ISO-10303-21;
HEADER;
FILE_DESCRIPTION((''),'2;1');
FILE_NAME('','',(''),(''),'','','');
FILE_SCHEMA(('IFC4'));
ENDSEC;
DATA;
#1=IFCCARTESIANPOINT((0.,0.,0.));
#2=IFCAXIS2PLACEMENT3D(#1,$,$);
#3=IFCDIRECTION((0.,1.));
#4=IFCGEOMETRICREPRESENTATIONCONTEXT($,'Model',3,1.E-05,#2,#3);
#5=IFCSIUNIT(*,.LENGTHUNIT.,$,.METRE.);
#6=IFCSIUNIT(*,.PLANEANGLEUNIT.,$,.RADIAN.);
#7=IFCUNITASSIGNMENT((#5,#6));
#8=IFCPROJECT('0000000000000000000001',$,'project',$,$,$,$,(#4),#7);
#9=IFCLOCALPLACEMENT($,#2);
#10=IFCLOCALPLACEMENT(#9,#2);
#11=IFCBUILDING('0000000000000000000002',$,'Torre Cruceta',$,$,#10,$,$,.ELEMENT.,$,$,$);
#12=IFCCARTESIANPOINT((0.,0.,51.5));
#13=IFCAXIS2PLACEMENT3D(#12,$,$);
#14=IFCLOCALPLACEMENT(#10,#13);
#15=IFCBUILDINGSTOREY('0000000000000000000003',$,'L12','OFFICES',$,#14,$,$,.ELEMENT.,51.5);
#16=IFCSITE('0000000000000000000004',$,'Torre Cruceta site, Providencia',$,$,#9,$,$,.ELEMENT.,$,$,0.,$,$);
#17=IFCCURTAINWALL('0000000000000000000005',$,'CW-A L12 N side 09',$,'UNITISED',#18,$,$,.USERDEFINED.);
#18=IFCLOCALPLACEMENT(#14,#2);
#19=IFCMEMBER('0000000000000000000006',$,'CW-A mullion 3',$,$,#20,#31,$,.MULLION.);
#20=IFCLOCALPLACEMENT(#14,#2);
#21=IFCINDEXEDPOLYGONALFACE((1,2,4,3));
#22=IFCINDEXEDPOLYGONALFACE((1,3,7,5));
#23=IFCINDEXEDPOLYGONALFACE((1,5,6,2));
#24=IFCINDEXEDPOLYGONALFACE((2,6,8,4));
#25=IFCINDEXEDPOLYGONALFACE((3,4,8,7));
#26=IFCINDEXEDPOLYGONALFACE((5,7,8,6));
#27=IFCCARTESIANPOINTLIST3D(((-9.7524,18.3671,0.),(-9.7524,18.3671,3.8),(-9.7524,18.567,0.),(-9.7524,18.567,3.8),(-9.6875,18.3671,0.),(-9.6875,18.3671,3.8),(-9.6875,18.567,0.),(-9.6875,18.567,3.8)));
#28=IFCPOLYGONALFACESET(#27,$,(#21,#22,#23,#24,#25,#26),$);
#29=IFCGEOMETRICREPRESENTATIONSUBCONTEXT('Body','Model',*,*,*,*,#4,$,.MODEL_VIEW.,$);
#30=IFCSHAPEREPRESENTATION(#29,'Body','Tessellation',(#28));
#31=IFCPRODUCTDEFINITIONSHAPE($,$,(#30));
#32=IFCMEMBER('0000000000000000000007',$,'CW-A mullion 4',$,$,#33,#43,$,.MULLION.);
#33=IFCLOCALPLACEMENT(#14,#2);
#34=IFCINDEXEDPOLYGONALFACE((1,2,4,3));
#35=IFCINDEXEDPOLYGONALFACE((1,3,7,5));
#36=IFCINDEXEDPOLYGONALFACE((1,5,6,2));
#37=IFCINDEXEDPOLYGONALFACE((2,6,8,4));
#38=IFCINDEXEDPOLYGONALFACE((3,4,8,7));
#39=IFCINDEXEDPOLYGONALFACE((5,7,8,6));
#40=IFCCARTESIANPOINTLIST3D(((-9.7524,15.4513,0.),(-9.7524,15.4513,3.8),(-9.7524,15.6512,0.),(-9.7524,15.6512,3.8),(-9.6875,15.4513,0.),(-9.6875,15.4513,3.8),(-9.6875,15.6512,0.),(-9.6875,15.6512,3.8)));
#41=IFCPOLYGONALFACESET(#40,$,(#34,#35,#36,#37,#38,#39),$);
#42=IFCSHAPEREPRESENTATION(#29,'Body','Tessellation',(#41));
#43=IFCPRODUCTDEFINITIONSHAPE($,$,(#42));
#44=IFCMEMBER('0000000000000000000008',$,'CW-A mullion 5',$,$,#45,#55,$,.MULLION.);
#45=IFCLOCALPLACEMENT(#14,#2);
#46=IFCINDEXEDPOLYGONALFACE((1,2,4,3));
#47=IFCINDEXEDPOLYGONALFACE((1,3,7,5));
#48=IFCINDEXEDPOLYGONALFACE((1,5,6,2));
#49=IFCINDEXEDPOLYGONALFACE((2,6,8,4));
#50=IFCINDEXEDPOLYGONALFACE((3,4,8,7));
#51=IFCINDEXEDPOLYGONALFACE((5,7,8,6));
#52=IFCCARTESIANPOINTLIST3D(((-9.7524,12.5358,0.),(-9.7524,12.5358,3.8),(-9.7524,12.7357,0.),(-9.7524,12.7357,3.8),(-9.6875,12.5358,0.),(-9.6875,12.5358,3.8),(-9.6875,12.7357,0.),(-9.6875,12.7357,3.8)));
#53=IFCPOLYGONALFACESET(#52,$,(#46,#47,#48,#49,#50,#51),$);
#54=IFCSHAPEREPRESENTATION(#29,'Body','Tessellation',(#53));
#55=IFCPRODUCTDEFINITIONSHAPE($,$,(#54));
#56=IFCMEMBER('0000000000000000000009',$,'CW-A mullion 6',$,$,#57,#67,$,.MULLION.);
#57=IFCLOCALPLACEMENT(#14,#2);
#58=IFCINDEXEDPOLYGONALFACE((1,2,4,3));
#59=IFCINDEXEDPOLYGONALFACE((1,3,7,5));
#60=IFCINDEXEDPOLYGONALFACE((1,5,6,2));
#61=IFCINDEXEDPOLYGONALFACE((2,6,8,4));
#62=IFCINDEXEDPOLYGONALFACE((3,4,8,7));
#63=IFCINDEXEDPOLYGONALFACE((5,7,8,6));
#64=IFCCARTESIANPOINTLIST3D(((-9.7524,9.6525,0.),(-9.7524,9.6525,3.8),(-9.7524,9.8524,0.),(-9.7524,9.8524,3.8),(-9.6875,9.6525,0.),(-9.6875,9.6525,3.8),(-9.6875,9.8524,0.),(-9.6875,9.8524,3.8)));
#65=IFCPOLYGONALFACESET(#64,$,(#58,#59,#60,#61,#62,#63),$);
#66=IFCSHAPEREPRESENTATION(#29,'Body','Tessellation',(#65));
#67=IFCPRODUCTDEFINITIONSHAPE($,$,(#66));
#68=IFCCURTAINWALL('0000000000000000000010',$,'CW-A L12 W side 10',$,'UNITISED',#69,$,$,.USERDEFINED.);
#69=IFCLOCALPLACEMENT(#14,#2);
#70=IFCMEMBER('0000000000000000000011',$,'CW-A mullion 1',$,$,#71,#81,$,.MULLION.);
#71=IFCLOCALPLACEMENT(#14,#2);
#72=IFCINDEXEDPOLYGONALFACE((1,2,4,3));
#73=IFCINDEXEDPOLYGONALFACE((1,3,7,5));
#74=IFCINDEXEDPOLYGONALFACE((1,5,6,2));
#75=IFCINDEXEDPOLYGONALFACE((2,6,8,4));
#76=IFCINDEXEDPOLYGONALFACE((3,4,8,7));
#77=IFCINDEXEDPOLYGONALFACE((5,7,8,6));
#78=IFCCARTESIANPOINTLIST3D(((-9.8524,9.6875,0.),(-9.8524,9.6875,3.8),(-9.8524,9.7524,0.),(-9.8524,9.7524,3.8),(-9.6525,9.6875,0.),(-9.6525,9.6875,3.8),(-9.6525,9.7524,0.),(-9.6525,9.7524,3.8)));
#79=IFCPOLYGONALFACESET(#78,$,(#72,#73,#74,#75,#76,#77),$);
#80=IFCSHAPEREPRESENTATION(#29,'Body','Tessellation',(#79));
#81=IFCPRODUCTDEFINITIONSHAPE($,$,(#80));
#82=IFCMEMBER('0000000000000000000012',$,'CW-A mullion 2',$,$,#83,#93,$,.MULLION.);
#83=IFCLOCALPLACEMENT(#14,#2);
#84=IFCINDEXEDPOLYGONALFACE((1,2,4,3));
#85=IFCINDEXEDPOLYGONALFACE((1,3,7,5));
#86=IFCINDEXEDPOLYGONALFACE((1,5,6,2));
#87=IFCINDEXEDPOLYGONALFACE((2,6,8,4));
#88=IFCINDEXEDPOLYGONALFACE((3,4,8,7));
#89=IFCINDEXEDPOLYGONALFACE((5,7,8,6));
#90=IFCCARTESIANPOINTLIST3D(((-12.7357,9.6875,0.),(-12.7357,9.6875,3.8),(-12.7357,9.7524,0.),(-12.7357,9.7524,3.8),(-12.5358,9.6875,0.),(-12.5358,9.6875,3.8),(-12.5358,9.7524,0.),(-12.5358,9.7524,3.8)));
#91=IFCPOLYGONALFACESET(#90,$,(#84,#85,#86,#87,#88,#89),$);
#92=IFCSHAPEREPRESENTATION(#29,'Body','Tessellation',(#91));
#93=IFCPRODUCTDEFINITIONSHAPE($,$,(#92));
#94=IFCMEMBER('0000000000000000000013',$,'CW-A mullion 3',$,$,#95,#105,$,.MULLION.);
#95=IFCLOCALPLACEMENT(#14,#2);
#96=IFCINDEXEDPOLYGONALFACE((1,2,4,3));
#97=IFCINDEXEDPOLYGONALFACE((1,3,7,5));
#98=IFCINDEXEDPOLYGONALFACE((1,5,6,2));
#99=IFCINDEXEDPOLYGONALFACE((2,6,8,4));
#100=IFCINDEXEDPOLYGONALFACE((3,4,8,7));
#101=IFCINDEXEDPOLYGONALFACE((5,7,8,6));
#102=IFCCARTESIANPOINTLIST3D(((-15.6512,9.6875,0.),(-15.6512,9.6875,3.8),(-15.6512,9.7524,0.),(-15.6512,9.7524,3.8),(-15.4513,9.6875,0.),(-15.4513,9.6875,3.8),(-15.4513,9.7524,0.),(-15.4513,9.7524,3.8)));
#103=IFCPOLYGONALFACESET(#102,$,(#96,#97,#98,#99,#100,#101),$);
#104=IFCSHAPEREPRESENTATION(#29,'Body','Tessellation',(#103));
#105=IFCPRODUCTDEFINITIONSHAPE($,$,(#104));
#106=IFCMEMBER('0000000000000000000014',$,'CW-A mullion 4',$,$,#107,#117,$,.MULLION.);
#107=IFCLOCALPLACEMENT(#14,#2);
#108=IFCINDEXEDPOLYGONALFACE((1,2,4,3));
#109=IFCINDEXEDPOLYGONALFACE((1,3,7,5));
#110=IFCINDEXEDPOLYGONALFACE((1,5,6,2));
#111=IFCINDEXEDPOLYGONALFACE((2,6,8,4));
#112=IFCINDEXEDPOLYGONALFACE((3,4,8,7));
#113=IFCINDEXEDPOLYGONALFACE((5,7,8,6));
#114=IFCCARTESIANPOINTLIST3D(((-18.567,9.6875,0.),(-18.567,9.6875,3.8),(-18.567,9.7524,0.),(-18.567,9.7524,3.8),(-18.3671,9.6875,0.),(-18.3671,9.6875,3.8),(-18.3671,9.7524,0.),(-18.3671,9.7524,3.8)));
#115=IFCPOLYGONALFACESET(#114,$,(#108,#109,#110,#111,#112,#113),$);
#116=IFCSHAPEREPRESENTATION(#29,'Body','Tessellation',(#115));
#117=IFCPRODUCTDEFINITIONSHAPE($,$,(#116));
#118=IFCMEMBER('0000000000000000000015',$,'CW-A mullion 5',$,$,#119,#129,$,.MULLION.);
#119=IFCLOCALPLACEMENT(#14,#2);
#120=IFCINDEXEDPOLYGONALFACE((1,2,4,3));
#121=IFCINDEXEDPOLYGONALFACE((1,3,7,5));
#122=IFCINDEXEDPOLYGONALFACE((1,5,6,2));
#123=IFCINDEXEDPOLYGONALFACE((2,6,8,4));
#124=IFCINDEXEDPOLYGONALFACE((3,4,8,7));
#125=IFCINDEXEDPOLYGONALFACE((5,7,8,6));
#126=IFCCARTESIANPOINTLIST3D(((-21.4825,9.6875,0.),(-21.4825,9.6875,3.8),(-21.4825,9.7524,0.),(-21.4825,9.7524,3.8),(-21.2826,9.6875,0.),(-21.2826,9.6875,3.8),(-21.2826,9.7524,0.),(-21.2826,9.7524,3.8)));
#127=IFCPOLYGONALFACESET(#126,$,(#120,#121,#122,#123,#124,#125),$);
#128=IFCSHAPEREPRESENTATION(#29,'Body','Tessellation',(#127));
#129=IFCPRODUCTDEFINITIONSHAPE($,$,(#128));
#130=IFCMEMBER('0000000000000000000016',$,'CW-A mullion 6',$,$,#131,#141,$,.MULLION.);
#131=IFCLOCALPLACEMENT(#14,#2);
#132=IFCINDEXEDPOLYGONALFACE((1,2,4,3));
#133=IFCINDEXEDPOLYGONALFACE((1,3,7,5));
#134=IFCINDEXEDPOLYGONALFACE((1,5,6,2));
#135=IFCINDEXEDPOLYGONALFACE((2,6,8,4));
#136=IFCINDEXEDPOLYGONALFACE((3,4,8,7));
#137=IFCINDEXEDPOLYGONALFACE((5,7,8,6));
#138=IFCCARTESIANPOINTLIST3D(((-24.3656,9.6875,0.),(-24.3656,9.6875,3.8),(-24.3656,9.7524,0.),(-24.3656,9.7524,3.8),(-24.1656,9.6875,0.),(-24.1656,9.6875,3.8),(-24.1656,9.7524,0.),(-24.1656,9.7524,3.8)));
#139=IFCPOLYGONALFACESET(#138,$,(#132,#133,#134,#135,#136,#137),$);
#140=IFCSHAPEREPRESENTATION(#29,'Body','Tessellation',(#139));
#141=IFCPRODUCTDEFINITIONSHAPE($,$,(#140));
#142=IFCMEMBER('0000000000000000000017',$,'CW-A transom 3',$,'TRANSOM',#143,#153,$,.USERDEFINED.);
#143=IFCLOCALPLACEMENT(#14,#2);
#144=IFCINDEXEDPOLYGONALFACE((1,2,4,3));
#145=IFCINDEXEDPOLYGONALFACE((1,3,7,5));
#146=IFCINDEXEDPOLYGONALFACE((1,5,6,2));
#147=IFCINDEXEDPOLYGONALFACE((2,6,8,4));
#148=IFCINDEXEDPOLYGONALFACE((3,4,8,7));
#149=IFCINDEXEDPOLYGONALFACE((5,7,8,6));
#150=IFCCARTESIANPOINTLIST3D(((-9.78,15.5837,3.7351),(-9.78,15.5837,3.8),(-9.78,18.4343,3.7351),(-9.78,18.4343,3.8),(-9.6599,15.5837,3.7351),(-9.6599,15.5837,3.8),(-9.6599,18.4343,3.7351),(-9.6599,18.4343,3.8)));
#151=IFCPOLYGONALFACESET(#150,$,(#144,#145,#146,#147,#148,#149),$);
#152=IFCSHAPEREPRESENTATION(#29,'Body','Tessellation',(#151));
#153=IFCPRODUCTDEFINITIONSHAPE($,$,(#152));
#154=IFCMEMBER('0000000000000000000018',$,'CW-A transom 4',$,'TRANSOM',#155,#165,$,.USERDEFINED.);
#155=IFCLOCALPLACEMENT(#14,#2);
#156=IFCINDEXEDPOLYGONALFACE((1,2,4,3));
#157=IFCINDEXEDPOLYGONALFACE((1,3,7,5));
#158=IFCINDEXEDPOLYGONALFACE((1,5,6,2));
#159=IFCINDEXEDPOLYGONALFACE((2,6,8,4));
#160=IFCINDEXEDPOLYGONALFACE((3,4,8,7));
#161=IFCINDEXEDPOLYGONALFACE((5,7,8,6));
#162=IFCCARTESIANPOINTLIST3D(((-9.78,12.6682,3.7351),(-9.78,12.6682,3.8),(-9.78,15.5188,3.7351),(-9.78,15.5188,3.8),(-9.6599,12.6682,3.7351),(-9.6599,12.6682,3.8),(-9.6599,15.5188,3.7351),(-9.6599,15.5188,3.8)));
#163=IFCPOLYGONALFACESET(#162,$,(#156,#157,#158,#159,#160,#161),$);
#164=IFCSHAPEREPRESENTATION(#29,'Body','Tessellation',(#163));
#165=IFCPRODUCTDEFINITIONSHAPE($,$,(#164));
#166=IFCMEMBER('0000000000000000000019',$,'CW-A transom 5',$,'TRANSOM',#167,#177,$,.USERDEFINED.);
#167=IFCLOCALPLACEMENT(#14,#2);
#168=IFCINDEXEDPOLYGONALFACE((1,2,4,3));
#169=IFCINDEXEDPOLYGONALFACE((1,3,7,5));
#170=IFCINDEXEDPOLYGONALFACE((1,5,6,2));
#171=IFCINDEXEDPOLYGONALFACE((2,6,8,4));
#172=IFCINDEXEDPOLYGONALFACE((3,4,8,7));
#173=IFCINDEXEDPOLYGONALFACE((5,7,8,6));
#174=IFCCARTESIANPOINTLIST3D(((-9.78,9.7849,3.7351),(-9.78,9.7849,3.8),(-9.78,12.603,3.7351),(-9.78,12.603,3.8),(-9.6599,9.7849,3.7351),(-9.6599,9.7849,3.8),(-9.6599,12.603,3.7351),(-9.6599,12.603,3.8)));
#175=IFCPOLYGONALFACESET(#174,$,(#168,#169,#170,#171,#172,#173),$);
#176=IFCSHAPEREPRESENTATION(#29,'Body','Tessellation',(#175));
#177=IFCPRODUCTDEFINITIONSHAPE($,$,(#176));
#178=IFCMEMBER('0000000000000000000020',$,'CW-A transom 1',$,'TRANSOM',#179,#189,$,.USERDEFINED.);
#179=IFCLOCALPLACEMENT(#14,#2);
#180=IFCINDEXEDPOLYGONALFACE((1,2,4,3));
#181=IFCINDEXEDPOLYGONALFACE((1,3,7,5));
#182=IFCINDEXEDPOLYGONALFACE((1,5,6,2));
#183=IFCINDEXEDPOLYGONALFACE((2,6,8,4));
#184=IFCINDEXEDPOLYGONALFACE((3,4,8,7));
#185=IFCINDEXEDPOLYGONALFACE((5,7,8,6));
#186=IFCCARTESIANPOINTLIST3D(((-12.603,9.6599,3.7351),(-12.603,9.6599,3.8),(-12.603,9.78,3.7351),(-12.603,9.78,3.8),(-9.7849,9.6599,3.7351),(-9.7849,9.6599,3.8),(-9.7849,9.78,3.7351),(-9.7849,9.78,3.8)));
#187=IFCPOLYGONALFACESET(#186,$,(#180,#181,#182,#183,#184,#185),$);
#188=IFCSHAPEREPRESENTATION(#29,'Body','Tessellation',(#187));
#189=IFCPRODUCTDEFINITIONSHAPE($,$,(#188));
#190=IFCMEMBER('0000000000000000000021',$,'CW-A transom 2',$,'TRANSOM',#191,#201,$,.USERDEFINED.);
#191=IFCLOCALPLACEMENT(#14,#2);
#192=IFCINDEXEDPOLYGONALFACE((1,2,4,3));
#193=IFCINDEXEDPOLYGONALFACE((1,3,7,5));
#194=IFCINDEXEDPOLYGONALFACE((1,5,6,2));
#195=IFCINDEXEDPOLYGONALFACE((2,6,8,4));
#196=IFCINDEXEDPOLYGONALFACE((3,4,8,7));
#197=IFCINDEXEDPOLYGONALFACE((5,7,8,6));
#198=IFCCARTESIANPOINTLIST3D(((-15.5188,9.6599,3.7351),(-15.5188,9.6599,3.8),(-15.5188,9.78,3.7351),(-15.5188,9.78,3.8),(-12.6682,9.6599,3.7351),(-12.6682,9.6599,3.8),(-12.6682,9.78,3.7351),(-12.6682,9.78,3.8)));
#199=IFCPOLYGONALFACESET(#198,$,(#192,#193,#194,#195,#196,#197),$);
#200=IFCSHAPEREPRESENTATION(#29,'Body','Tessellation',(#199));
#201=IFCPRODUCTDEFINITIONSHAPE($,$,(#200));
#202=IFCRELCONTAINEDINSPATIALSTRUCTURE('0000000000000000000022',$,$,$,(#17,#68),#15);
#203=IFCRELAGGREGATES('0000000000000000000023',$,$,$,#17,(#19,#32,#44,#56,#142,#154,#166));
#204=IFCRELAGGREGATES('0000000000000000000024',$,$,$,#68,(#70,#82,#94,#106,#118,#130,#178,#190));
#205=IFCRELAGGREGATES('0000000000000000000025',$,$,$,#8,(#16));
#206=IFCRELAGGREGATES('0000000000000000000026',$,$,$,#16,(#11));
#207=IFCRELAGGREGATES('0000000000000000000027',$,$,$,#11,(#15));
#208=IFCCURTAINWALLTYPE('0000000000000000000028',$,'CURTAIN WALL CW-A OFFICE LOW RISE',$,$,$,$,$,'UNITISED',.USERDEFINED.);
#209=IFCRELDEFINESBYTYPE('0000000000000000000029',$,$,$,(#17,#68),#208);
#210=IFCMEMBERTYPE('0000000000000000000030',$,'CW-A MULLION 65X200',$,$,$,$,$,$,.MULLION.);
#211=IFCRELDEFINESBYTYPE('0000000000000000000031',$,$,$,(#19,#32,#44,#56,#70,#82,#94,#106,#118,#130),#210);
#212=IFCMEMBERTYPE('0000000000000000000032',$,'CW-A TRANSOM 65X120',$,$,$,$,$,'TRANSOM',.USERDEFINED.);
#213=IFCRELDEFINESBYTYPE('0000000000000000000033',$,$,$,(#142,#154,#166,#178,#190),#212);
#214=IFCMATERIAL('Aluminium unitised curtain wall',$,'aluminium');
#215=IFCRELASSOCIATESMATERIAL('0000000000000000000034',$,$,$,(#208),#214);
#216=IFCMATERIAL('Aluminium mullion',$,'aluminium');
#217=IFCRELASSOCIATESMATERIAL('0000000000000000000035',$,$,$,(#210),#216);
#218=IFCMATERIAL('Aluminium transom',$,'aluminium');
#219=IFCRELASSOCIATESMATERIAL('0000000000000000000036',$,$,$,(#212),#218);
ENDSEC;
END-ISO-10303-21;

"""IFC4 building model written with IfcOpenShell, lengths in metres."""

from ifc_helpers import new_model, si_unit, direction, frame, origin, origin_2d, place, context, subcontext, project, spatial, rectangle, extrude, material, material_profile, profile_set, type_object, element, aggregate, save


model = new_model("IFC4")

# Units and contexts
model_context = context("Model", 3, precision=1e-05, world=origin(), true_north=direction((0.0, 1.0)))
body_context = subcontext(model_context, "Body", "Model", "MODEL_VIEW")
ifc_project = project(units=[si_unit("LENGTHUNIT", "METRE"), si_unit("PLANEANGLEUNIT", "RADIAN")], contexts=[model_context])

# Site, building, storey
site_placement = place(None, origin())
site = spatial("IfcSite", under=ifc_project, at=site_placement, Name="Torre Cruceta site, Providencia", CompositionType="ELEMENT", RefElevation=0.0)
building_placement = place(site_placement, origin())
building = spatial("IfcBuilding", under=site, at=building_placement, Name="Torre Cruceta", CompositionType="ELEMENT")
storey_placement = place(building_placement, frame((0.0, 0.0, 51.5)))
storey = spatial("IfcBuildingStorey", under=building, at=storey_placement, Name="L12", Description="OFFICES", CompositionType="ELEMENT", Elevation=51.5)

# Curtain walls, members
ifc_material_1 = material(Name="Aluminium unitised curtain wall", Category="aluminium")
curtain_wall_type = type_object("IfcCurtainWallType", Name="CURTAIN WALL CW-A OFFICE LOW RISE", ElementType="UNITISED", PredefinedType="USERDEFINED", material=ifc_material_1)
curtain_wall_1_placement = place(storey_placement, origin())
curtain_wall_1 = element("IfcCurtainWall", 1, at=curtain_wall_1_placement, inside=storey, type_object=curtain_wall_type, Name="CW-A L12 N side 09", ObjectType="UNITISED", PredefinedType="USERDEFINED")
ifc_material_2 = material(Name="Aluminium mullion", Category="aluminium")
ifc_material_profile_1 = material_profile(ifc_material_2, rectangle(XDim=0.0649, YDim=0.2, at=origin_2d()), Name="AL 65X200")
ifc_profile_set_1 = profile_set([ifc_material_profile_1], Name="Aluminium mullion")
member_type_1 = type_object("IfcMemberType", Name="CW-A MULLION 65X200", PredefinedType="MULLION", material=ifc_profile_set_1)
member_1_placement = place(storey_placement, frame((-9.72, 18.467, 0.0), z_axis=(0.0, 0.0, 1.0), x_axis=(1.0, 0.0, 0.0)))
member_1 = element("IfcMember", 2, at=member_1_placement, type_object=member_type_1, Name="CW-A mullion 3", PredefinedType="MULLION", context=body_context, shape_type="SweptSolid", body=[
    extrude(rectangle(XDim=0.0649, YDim=0.2, at=origin_2d()), origin(), (0.0, 0.0, 1.0), 3.8),
])
member_2_placement = place(storey_placement, frame((-9.72, 15.5513, 0.0), z_axis=(0.0, 0.0, 1.0), x_axis=(1.0, 0.0, 0.0)))
member_2 = element("IfcMember", 3, at=member_2_placement, type_object=member_type_1, Name="CW-A mullion 4", PredefinedType="MULLION", context=body_context, shape_type="SweptSolid", body=[
    extrude(rectangle(XDim=0.0649, YDim=0.2, at=origin_2d()), origin(), (0.0, 0.0, 1.0), 3.8),
])
member_3_placement = place(storey_placement, frame((-9.72, 12.6357, 0.0), z_axis=(0.0, 0.0, 1.0), x_axis=(1.0, 0.0, 0.0)))
member_3 = element("IfcMember", 4, at=member_3_placement, type_object=member_type_1, Name="CW-A mullion 5", PredefinedType="MULLION", context=body_context, shape_type="SweptSolid", body=[
    extrude(rectangle(XDim=0.0649, YDim=0.2, at=origin_2d()), origin(), (0.0, 0.0, 1.0), 3.8),
])
member_4_placement = place(storey_placement, frame((-9.72, 9.7524, 0.0), z_axis=(0.0, 0.0, 1.0), x_axis=(1.0, 0.0, 0.0)))
member_4 = element("IfcMember", 5, at=member_4_placement, type_object=member_type_1, Name="CW-A mullion 6", PredefinedType="MULLION", context=body_context, shape_type="SweptSolid", body=[
    extrude(rectangle(XDim=0.0649, YDim=0.2, at=origin_2d()), origin(), (0.0, 0.0, 1.0), 3.8),
])
curtain_wall_2_placement = place(storey_placement, origin())
curtain_wall_2 = element("IfcCurtainWall", 6, at=curtain_wall_2_placement, inside=storey, type_object=curtain_wall_type, Name="CW-A L12 W side 10", ObjectType="UNITISED", PredefinedType="USERDEFINED")
member_5_placement = place(storey_placement, frame((-9.7524, 9.72, 0.0), z_axis=(0.0, 0.0, 1.0), x_axis=(0.0, -1.0, 0.0)))
member_5 = element("IfcMember", 7, at=member_5_placement, type_object=member_type_1, Name="CW-A mullion 1", PredefinedType="MULLION", context=body_context, shape_type="SweptSolid", body=[
    extrude(rectangle(XDim=0.0649, YDim=0.2, at=origin_2d()), origin(), (0.0, 0.0, 1.0), 3.8),
])
member_6_placement = place(storey_placement, frame((-12.6357, 9.72, 0.0), z_axis=(0.0, 0.0, 1.0), x_axis=(0.0, -1.0, 0.0)))
member_6 = element("IfcMember", 8, at=member_6_placement, type_object=member_type_1, Name="CW-A mullion 2", PredefinedType="MULLION", context=body_context, shape_type="SweptSolid", body=[
    extrude(rectangle(XDim=0.0649, YDim=0.2, at=origin_2d()), origin(), (0.0, 0.0, 1.0), 3.8),
])
member_7_placement = place(storey_placement, frame((-15.5513, 9.72, 0.0), z_axis=(0.0, 0.0, 1.0), x_axis=(0.0, -1.0, 0.0)))
member_7 = element("IfcMember", 9, at=member_7_placement, type_object=member_type_1, Name="CW-A mullion 3", PredefinedType="MULLION", context=body_context, shape_type="SweptSolid", body=[
    extrude(rectangle(XDim=0.0649, YDim=0.2, at=origin_2d()), origin(), (0.0, 0.0, 1.0), 3.8),
])
member_8_placement = place(storey_placement, frame((-18.467, 9.72, 0.0), z_axis=(0.0, 0.0, 1.0), x_axis=(0.0, -1.0, 0.0)))
member_8 = element("IfcMember", 10, at=member_8_placement, type_object=member_type_1, Name="CW-A mullion 4", PredefinedType="MULLION", context=body_context, shape_type="SweptSolid", body=[
    extrude(rectangle(XDim=0.0649, YDim=0.2, at=origin_2d()), origin(), (0.0, 0.0, 1.0), 3.8),
])
member_9_placement = place(storey_placement, frame((-21.3826, 9.72, 0.0), z_axis=(0.0, 0.0, 1.0), x_axis=(0.0, -1.0, 0.0)))
member_9 = element("IfcMember", 11, at=member_9_placement, type_object=member_type_1, Name="CW-A mullion 5", PredefinedType="MULLION", context=body_context, shape_type="SweptSolid", body=[
    extrude(rectangle(XDim=0.0649, YDim=0.2, at=origin_2d()), origin(), (0.0, 0.0, 1.0), 3.8),
])
member_10_placement = place(storey_placement, frame((-24.2656, 9.72, 0.0), z_axis=(0.0, 0.0, 1.0), x_axis=(0.0, -1.0, 0.0)))
member_10 = element("IfcMember", 12, at=member_10_placement, type_object=member_type_1, Name="CW-A mullion 6", PredefinedType="MULLION", context=body_context, shape_type="SweptSolid", body=[
    extrude(rectangle(XDim=0.0649, YDim=0.2, at=origin_2d()), origin(), (0.0, 0.0, 1.0), 3.8),
])

# Members
ifc_material_3 = material(Name="Aluminium transom", Category="aluminium")
ifc_material_profile_2 = material_profile(ifc_material_3, rectangle(XDim=0.1201, YDim=0.0649, at=origin_2d()), Name="AL 120X65")
ifc_profile_set_2 = profile_set([ifc_material_profile_2], Name="Aluminium transom")
member_type_2 = type_object("IfcMemberType", Name="CW-A TRANSOM 65X120", ElementType="TRANSOM", PredefinedType="USERDEFINED", material=ifc_profile_set_2)
member_11_placement = place(storey_placement, frame((-9.72, 18.4343, 3.7676), z_axis=(0.0, -1.0, 0.0), x_axis=(1.0, 0.0, 0.0)))
member_11 = element("IfcMember", 13, at=member_11_placement, type_object=member_type_2, Name="CW-A transom 3", ObjectType="TRANSOM", PredefinedType="USERDEFINED", context=body_context, shape_type="SweptSolid", body=[
    extrude(rectangle(XDim=0.1201, YDim=0.0649, at=origin_2d()), origin(), (0.0, 0.0, 1.0), 2.8506),
])
member_12_placement = place(storey_placement, frame((-9.72, 15.5188, 3.7676), z_axis=(0.0, -1.0, 0.0), x_axis=(1.0, 0.0, 0.0)))
member_12 = element("IfcMember", 14, at=member_12_placement, type_object=member_type_2, Name="CW-A transom 4", ObjectType="TRANSOM", PredefinedType="USERDEFINED", context=body_context, shape_type="SweptSolid", body=[
    extrude(rectangle(XDim=0.1201, YDim=0.0649, at=origin_2d()), origin(), (0.0, 0.0, 1.0), 2.8506),
])
member_13_placement = place(storey_placement, frame((-9.72, 12.603, 3.7676), z_axis=(0.0, -1.0, 0.0), x_axis=(1.0, 0.0, 0.0)))
member_13 = element("IfcMember", 15, at=member_13_placement, type_object=member_type_2, Name="CW-A transom 5", ObjectType="TRANSOM", PredefinedType="USERDEFINED", context=body_context, shape_type="SweptSolid", body=[
    extrude(rectangle(XDim=0.1201, YDim=0.0649, at=origin_2d()), origin(), (0.0, 0.0, 1.0), 2.8181),
])
member_14_placement = place(storey_placement, frame((-9.7849, 9.72, 3.7676), z_axis=(-1.0, 0.0, 0.0), x_axis=(0.0, -1.0, 0.0)))
member_14 = element("IfcMember", 16, at=member_14_placement, type_object=member_type_2, Name="CW-A transom 1", ObjectType="TRANSOM", PredefinedType="USERDEFINED", context=body_context, shape_type="SweptSolid", body=[
    extrude(rectangle(XDim=0.1201, YDim=0.0649, at=origin_2d()), origin(), (0.0, 0.0, 1.0), 2.8181),
])
member_15_placement = place(storey_placement, frame((-12.6682, 9.72, 3.7676), z_axis=(-1.0, 0.0, 0.0), x_axis=(0.0, -1.0, 0.0)))
member_15 = element("IfcMember", 17, at=member_15_placement, type_object=member_type_2, Name="CW-A transom 2", ObjectType="TRANSOM", PredefinedType="USERDEFINED", context=body_context, shape_type="SweptSolid", body=[
    extrude(rectangle(XDim=0.1201, YDim=0.0649, at=origin_2d()), origin(), (0.0, 0.0, 1.0), 2.8506),
])

aggregate(curtain_wall_1, [member_1, member_2, member_3, member_4, member_11, member_12, member_13])
aggregate(curtain_wall_2, [member_5, member_6, member_7, member_8, member_9, member_10, member_14, member_15])

save(model, "model.ifc")
